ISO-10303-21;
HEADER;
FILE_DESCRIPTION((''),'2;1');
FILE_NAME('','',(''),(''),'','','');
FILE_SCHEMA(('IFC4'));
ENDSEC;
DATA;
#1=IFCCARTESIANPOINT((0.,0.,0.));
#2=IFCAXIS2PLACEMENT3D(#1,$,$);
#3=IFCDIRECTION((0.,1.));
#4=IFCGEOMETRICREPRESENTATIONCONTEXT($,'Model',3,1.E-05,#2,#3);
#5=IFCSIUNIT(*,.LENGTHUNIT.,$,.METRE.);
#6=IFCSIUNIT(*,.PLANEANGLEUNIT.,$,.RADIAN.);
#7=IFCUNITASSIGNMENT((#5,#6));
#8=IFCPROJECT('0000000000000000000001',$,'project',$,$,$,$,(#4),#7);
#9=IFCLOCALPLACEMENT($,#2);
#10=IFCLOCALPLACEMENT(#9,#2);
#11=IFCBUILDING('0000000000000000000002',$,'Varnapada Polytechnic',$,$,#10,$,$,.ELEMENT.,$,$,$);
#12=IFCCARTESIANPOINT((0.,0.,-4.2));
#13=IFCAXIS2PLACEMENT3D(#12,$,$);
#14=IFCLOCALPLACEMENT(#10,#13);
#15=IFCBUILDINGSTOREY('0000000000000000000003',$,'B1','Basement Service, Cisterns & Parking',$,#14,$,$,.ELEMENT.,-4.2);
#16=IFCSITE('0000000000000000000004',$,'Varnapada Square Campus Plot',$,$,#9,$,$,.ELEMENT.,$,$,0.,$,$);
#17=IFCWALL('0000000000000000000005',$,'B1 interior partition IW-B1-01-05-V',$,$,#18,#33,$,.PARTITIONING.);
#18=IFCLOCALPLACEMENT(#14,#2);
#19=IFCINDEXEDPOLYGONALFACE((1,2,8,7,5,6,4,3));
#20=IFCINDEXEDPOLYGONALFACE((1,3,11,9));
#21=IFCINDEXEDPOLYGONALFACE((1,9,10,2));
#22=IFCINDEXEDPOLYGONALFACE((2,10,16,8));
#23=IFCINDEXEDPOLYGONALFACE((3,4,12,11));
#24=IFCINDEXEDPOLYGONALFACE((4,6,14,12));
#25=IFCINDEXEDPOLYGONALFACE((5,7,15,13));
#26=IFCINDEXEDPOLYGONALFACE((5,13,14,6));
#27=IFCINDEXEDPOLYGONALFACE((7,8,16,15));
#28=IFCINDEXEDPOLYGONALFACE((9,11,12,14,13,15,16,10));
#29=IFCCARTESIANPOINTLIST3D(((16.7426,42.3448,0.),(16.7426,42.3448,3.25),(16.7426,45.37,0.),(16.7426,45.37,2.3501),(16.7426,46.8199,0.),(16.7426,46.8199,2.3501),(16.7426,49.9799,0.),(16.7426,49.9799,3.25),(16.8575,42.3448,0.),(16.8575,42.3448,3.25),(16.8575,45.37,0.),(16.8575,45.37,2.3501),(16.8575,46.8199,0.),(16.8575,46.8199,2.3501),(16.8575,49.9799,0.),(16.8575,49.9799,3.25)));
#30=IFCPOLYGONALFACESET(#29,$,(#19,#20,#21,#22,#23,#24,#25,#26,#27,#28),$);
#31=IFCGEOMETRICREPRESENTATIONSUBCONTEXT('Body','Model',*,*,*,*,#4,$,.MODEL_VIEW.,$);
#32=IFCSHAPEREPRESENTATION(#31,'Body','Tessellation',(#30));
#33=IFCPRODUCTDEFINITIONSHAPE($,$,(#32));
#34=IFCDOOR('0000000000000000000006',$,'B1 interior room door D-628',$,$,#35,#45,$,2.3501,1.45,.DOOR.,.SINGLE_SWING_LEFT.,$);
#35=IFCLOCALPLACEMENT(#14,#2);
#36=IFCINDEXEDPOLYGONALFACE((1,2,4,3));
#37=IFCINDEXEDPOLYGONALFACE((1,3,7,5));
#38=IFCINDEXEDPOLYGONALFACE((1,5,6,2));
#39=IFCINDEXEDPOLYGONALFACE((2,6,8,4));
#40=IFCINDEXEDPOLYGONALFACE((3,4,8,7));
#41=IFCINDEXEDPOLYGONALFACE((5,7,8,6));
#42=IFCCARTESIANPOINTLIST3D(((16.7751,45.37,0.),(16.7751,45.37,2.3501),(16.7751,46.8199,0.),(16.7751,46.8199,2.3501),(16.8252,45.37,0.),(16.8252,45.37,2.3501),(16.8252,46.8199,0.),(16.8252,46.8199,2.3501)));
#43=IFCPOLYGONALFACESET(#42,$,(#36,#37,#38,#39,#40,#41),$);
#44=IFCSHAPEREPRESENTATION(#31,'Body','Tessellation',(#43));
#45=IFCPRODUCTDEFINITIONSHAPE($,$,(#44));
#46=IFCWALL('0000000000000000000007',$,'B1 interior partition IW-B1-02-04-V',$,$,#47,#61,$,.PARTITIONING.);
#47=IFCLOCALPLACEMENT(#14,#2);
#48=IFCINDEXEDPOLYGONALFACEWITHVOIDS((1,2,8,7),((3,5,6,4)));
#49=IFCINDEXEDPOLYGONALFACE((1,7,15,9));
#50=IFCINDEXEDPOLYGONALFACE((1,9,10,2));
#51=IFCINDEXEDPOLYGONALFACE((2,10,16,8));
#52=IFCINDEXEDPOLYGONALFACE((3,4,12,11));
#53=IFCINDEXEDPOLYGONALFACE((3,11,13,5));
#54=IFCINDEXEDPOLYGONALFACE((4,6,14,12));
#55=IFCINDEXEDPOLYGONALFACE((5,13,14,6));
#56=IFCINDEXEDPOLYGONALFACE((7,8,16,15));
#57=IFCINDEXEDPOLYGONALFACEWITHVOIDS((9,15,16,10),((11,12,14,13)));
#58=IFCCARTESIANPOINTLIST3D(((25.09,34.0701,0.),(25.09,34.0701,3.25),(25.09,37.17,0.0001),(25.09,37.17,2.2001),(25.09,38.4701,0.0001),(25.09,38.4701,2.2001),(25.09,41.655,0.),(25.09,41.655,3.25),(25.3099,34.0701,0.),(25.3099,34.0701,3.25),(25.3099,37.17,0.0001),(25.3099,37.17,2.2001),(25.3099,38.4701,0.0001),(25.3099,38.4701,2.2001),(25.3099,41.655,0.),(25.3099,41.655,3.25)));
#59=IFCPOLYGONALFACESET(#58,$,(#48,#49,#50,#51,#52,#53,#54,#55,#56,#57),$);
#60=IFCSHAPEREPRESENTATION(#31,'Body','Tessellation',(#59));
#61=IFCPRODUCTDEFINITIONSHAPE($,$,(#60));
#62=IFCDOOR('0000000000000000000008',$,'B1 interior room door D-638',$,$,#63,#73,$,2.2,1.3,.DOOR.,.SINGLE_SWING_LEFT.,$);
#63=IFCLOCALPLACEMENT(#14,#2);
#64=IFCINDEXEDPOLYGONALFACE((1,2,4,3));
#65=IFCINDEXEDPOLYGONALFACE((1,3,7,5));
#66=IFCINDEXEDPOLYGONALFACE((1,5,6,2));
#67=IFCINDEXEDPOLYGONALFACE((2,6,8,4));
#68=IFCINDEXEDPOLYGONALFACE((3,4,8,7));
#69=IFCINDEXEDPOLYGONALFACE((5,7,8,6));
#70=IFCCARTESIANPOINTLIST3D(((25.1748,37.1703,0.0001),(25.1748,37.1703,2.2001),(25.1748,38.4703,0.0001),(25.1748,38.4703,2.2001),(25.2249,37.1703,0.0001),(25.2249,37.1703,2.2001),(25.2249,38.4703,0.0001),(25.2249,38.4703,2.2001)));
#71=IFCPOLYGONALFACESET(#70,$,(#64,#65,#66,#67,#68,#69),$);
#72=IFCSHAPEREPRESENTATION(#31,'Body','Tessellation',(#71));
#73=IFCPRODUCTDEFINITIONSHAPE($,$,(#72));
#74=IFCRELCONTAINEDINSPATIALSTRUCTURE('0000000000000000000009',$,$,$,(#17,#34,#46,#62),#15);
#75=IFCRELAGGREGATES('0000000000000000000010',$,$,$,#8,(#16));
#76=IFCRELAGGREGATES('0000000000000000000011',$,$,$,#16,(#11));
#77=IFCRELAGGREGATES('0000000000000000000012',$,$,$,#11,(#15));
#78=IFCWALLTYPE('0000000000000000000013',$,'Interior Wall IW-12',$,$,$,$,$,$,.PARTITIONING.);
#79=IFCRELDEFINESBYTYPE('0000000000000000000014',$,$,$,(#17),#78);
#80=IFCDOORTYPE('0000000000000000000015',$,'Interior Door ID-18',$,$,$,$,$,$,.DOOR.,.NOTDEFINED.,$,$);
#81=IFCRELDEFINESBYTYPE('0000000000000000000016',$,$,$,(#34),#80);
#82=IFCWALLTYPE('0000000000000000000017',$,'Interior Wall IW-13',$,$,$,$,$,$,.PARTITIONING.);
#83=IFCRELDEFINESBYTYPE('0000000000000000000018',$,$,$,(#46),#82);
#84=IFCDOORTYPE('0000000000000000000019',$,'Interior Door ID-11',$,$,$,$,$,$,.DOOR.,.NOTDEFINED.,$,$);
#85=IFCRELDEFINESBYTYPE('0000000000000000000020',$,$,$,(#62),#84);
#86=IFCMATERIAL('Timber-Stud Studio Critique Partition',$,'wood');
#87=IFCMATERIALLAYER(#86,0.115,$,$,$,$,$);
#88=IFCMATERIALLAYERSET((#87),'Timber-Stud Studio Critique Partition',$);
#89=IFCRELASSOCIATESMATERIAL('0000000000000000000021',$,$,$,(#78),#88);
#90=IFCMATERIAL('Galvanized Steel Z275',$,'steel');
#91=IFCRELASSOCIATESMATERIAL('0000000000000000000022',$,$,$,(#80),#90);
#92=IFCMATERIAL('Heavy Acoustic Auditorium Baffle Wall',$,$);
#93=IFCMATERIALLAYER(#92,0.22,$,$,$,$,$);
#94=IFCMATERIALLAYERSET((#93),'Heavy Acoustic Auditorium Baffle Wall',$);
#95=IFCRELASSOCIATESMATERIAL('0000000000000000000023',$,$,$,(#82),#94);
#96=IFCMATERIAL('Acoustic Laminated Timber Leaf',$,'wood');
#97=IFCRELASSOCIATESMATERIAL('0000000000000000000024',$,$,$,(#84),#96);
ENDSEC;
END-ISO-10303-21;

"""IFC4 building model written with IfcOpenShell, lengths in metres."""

from ifc_helpers import new_model, si_unit, direction, frame, frame_2d, origin, place, context, subcontext, project, spatial, rectangle, extrude, material, layer, layer_set, type_object, element, fill, save


model = new_model("IFC4")

# Units and contexts
model_context = context("Model", 3, precision=1e-05, world=origin(), true_north=direction((0.0, 1.0)))
body_context = subcontext(model_context, "Body", "Model", "MODEL_VIEW")
ifc_project = project(units=[si_unit("LENGTHUNIT", "METRE"), si_unit("PLANEANGLEUNIT", "RADIAN")], contexts=[model_context])

# Site, building, storey
site_placement = place(None, origin())
site = spatial("IfcSite", under=ifc_project, at=site_placement, Name="Varnapada Square Campus Plot", CompositionType="ELEMENT", RefElevation=0.0)
building_placement = place(site_placement, origin())
building = spatial("IfcBuilding", under=site, at=building_placement, Name="Varnapada Polytechnic", CompositionType="ELEMENT")
storey_placement = place(building_placement, frame((0.0, 0.0, -4.2)))
storey = spatial("IfcBuildingStorey", under=building, at=storey_placement, Name="B1", Description="Basement Service, Cisterns & Parking", CompositionType="ELEMENT", Elevation=-4.2)

# Walls, openings, doors
ifc_material_1 = material(Name="Timber-Stud Studio Critique Partition", Category="wood")
ifc_layer_1 = layer(ifc_material_1, 0.115)
ifc_layer_set_1 = layer_set([ifc_layer_1], Name="Timber-Stud Studio Critique Partition")
wall_type_1 = type_object("IfcWallType", Name="Interior Wall IW-12", PredefinedType="PARTITIONING", material=ifc_layer_set_1)
wall_1_placement = place(storey_placement, frame((16.8, 42.345, 0.0), z_axis=(0.0, 0.0, 1.0), x_axis=(0.0, 1.0, 0.0)))
wall_1 = element("IfcWall", 1, at=wall_1_placement, inside=storey, type_object=wall_type_1, Name="B1 interior partition IW-B1-01-05-V", PredefinedType="PARTITIONING", context=body_context, shape_type="SweptSolid", body=[
    extrude(rectangle(XDim=7.635, YDim=0.115, at=frame_2d((3.8174, 0.0))), origin(), (0.0, 0.0, 1.0), 3.25),
])
opening_1_placement = place(wall_1_placement, frame((3.0249, 0.0, 0.0)))
opening_1 = element("IfcOpeningElement", 2, at=opening_1_placement, cuts=wall_1, PredefinedType="OPENING", context=body_context, shape_type="SweptSolid", body=[
    extrude(rectangle(XDim=1.45, YDim=2.3501, at=frame_2d((0.7251, 1.175))), frame((0.0, 0.0674, 0.0), z_axis=(0.0, -1.0, 0.0), x_axis=(1.0, 0.0, 0.0)), (0.0, 0.0, 1.0), 0.135),
])
ifc_material_2 = material(Name="Galvanized Steel Z275", Category="steel")
door_type_1 = type_object("IfcDoorType", Name="Interior Door ID-18", OperationType="NOTDEFINED", PredefinedType="DOOR", material=ifc_material_2)
door_1_placement = place(opening_1_placement, origin())
door_1 = element("IfcDoor", 3, at=door_1_placement, inside=storey, type_object=door_type_1, Name="B1 interior room door D-628", OperationType="SINGLE_SWING_LEFT", OverallHeight=2.3501, OverallWidth=1.45, PredefinedType="DOOR", context=body_context, shape_type="SweptSolid", body=[
    extrude(rectangle(XDim=1.45, YDim=2.3501, at=frame_2d((0.7251, 1.175))), frame((0.0, 0.0249, 0.0), z_axis=(0.0, -1.0, 0.0), x_axis=(1.0, 0.0, 0.0)), (0.0, 0.0, 1.0), 0.05),
])
fill(opening_1, door_1)
ifc_material_3 = material(Name="Heavy Acoustic Auditorium Baffle Wall")
ifc_layer_2 = layer(ifc_material_3, 0.22)
ifc_layer_set_2 = layer_set([ifc_layer_2], Name="Heavy Acoustic Auditorium Baffle Wall")
wall_type_2 = type_object("IfcWallType", Name="Interior Wall IW-13", PredefinedType="PARTITIONING", material=ifc_layer_set_2)
wall_2_placement = place(storey_placement, frame((25.2, 34.0701, 0.0), z_axis=(0.0, 0.0, 1.0), x_axis=(0.0, 1.0, 0.0)))
wall_2 = element("IfcWall", 4, at=wall_2_placement, inside=storey, type_object=wall_type_2, Name="B1 interior partition IW-B1-02-04-V", PredefinedType="PARTITIONING", context=body_context, shape_type="SweptSolid", body=[
    extrude(rectangle(XDim=7.585, YDim=0.22, at=frame_2d((3.7925, 0.0))), origin(), (0.0, 0.0, 1.0), 3.25),
])
opening_2_placement = place(wall_2_placement, frame((3.1001, 0.0, 0.0)))
opening_2 = element("IfcOpeningElement", 5, at=opening_2_placement, cuts=wall_2, PredefinedType="OPENING", context=body_context, shape_type="SweptSolid", body=[
    extrude(rectangle(XDim=1.3, YDim=2.2, at=frame_2d((0.6499, 1.1001))), frame((0.0, 0.1199, 0.0), z_axis=(0.0, -1.0, 0.0), x_axis=(1.0, 0.0, 0.0)), (0.0, 0.0, 1.0), 0.24),
])
ifc_material_4 = material(Name="Acoustic Laminated Timber Leaf", Category="wood")
door_type_2 = type_object("IfcDoorType", Name="Interior Door ID-11", OperationType="NOTDEFINED", PredefinedType="DOOR", material=ifc_material_4)
door_2_placement = place(opening_2_placement, frame((1.3, 0.0, 0.0), z_axis=(0.0, 0.0, 1.0), x_axis=(-1.0, 0.0, 0.0)))
door_2 = element("IfcDoor", 6, at=door_2_placement, inside=storey, type_object=door_type_2, Name="B1 interior room door D-638", OperationType="SINGLE_SWING_LEFT", OverallHeight=2.2, OverallWidth=1.3, PredefinedType="DOOR", context=body_context, shape_type="SweptSolid", body=[
    extrude(rectangle(XDim=1.3, YDim=2.2, at=frame_2d((0.6499, 1.1001))), frame((0.0, 0.0249, 0.0), z_axis=(0.0, -1.0, 0.0), x_axis=(1.0, 0.0, 0.0)), (0.0, 0.0, 1.0), 0.05),
])
fill(opening_2, door_2)

save(model, "model.ifc")
